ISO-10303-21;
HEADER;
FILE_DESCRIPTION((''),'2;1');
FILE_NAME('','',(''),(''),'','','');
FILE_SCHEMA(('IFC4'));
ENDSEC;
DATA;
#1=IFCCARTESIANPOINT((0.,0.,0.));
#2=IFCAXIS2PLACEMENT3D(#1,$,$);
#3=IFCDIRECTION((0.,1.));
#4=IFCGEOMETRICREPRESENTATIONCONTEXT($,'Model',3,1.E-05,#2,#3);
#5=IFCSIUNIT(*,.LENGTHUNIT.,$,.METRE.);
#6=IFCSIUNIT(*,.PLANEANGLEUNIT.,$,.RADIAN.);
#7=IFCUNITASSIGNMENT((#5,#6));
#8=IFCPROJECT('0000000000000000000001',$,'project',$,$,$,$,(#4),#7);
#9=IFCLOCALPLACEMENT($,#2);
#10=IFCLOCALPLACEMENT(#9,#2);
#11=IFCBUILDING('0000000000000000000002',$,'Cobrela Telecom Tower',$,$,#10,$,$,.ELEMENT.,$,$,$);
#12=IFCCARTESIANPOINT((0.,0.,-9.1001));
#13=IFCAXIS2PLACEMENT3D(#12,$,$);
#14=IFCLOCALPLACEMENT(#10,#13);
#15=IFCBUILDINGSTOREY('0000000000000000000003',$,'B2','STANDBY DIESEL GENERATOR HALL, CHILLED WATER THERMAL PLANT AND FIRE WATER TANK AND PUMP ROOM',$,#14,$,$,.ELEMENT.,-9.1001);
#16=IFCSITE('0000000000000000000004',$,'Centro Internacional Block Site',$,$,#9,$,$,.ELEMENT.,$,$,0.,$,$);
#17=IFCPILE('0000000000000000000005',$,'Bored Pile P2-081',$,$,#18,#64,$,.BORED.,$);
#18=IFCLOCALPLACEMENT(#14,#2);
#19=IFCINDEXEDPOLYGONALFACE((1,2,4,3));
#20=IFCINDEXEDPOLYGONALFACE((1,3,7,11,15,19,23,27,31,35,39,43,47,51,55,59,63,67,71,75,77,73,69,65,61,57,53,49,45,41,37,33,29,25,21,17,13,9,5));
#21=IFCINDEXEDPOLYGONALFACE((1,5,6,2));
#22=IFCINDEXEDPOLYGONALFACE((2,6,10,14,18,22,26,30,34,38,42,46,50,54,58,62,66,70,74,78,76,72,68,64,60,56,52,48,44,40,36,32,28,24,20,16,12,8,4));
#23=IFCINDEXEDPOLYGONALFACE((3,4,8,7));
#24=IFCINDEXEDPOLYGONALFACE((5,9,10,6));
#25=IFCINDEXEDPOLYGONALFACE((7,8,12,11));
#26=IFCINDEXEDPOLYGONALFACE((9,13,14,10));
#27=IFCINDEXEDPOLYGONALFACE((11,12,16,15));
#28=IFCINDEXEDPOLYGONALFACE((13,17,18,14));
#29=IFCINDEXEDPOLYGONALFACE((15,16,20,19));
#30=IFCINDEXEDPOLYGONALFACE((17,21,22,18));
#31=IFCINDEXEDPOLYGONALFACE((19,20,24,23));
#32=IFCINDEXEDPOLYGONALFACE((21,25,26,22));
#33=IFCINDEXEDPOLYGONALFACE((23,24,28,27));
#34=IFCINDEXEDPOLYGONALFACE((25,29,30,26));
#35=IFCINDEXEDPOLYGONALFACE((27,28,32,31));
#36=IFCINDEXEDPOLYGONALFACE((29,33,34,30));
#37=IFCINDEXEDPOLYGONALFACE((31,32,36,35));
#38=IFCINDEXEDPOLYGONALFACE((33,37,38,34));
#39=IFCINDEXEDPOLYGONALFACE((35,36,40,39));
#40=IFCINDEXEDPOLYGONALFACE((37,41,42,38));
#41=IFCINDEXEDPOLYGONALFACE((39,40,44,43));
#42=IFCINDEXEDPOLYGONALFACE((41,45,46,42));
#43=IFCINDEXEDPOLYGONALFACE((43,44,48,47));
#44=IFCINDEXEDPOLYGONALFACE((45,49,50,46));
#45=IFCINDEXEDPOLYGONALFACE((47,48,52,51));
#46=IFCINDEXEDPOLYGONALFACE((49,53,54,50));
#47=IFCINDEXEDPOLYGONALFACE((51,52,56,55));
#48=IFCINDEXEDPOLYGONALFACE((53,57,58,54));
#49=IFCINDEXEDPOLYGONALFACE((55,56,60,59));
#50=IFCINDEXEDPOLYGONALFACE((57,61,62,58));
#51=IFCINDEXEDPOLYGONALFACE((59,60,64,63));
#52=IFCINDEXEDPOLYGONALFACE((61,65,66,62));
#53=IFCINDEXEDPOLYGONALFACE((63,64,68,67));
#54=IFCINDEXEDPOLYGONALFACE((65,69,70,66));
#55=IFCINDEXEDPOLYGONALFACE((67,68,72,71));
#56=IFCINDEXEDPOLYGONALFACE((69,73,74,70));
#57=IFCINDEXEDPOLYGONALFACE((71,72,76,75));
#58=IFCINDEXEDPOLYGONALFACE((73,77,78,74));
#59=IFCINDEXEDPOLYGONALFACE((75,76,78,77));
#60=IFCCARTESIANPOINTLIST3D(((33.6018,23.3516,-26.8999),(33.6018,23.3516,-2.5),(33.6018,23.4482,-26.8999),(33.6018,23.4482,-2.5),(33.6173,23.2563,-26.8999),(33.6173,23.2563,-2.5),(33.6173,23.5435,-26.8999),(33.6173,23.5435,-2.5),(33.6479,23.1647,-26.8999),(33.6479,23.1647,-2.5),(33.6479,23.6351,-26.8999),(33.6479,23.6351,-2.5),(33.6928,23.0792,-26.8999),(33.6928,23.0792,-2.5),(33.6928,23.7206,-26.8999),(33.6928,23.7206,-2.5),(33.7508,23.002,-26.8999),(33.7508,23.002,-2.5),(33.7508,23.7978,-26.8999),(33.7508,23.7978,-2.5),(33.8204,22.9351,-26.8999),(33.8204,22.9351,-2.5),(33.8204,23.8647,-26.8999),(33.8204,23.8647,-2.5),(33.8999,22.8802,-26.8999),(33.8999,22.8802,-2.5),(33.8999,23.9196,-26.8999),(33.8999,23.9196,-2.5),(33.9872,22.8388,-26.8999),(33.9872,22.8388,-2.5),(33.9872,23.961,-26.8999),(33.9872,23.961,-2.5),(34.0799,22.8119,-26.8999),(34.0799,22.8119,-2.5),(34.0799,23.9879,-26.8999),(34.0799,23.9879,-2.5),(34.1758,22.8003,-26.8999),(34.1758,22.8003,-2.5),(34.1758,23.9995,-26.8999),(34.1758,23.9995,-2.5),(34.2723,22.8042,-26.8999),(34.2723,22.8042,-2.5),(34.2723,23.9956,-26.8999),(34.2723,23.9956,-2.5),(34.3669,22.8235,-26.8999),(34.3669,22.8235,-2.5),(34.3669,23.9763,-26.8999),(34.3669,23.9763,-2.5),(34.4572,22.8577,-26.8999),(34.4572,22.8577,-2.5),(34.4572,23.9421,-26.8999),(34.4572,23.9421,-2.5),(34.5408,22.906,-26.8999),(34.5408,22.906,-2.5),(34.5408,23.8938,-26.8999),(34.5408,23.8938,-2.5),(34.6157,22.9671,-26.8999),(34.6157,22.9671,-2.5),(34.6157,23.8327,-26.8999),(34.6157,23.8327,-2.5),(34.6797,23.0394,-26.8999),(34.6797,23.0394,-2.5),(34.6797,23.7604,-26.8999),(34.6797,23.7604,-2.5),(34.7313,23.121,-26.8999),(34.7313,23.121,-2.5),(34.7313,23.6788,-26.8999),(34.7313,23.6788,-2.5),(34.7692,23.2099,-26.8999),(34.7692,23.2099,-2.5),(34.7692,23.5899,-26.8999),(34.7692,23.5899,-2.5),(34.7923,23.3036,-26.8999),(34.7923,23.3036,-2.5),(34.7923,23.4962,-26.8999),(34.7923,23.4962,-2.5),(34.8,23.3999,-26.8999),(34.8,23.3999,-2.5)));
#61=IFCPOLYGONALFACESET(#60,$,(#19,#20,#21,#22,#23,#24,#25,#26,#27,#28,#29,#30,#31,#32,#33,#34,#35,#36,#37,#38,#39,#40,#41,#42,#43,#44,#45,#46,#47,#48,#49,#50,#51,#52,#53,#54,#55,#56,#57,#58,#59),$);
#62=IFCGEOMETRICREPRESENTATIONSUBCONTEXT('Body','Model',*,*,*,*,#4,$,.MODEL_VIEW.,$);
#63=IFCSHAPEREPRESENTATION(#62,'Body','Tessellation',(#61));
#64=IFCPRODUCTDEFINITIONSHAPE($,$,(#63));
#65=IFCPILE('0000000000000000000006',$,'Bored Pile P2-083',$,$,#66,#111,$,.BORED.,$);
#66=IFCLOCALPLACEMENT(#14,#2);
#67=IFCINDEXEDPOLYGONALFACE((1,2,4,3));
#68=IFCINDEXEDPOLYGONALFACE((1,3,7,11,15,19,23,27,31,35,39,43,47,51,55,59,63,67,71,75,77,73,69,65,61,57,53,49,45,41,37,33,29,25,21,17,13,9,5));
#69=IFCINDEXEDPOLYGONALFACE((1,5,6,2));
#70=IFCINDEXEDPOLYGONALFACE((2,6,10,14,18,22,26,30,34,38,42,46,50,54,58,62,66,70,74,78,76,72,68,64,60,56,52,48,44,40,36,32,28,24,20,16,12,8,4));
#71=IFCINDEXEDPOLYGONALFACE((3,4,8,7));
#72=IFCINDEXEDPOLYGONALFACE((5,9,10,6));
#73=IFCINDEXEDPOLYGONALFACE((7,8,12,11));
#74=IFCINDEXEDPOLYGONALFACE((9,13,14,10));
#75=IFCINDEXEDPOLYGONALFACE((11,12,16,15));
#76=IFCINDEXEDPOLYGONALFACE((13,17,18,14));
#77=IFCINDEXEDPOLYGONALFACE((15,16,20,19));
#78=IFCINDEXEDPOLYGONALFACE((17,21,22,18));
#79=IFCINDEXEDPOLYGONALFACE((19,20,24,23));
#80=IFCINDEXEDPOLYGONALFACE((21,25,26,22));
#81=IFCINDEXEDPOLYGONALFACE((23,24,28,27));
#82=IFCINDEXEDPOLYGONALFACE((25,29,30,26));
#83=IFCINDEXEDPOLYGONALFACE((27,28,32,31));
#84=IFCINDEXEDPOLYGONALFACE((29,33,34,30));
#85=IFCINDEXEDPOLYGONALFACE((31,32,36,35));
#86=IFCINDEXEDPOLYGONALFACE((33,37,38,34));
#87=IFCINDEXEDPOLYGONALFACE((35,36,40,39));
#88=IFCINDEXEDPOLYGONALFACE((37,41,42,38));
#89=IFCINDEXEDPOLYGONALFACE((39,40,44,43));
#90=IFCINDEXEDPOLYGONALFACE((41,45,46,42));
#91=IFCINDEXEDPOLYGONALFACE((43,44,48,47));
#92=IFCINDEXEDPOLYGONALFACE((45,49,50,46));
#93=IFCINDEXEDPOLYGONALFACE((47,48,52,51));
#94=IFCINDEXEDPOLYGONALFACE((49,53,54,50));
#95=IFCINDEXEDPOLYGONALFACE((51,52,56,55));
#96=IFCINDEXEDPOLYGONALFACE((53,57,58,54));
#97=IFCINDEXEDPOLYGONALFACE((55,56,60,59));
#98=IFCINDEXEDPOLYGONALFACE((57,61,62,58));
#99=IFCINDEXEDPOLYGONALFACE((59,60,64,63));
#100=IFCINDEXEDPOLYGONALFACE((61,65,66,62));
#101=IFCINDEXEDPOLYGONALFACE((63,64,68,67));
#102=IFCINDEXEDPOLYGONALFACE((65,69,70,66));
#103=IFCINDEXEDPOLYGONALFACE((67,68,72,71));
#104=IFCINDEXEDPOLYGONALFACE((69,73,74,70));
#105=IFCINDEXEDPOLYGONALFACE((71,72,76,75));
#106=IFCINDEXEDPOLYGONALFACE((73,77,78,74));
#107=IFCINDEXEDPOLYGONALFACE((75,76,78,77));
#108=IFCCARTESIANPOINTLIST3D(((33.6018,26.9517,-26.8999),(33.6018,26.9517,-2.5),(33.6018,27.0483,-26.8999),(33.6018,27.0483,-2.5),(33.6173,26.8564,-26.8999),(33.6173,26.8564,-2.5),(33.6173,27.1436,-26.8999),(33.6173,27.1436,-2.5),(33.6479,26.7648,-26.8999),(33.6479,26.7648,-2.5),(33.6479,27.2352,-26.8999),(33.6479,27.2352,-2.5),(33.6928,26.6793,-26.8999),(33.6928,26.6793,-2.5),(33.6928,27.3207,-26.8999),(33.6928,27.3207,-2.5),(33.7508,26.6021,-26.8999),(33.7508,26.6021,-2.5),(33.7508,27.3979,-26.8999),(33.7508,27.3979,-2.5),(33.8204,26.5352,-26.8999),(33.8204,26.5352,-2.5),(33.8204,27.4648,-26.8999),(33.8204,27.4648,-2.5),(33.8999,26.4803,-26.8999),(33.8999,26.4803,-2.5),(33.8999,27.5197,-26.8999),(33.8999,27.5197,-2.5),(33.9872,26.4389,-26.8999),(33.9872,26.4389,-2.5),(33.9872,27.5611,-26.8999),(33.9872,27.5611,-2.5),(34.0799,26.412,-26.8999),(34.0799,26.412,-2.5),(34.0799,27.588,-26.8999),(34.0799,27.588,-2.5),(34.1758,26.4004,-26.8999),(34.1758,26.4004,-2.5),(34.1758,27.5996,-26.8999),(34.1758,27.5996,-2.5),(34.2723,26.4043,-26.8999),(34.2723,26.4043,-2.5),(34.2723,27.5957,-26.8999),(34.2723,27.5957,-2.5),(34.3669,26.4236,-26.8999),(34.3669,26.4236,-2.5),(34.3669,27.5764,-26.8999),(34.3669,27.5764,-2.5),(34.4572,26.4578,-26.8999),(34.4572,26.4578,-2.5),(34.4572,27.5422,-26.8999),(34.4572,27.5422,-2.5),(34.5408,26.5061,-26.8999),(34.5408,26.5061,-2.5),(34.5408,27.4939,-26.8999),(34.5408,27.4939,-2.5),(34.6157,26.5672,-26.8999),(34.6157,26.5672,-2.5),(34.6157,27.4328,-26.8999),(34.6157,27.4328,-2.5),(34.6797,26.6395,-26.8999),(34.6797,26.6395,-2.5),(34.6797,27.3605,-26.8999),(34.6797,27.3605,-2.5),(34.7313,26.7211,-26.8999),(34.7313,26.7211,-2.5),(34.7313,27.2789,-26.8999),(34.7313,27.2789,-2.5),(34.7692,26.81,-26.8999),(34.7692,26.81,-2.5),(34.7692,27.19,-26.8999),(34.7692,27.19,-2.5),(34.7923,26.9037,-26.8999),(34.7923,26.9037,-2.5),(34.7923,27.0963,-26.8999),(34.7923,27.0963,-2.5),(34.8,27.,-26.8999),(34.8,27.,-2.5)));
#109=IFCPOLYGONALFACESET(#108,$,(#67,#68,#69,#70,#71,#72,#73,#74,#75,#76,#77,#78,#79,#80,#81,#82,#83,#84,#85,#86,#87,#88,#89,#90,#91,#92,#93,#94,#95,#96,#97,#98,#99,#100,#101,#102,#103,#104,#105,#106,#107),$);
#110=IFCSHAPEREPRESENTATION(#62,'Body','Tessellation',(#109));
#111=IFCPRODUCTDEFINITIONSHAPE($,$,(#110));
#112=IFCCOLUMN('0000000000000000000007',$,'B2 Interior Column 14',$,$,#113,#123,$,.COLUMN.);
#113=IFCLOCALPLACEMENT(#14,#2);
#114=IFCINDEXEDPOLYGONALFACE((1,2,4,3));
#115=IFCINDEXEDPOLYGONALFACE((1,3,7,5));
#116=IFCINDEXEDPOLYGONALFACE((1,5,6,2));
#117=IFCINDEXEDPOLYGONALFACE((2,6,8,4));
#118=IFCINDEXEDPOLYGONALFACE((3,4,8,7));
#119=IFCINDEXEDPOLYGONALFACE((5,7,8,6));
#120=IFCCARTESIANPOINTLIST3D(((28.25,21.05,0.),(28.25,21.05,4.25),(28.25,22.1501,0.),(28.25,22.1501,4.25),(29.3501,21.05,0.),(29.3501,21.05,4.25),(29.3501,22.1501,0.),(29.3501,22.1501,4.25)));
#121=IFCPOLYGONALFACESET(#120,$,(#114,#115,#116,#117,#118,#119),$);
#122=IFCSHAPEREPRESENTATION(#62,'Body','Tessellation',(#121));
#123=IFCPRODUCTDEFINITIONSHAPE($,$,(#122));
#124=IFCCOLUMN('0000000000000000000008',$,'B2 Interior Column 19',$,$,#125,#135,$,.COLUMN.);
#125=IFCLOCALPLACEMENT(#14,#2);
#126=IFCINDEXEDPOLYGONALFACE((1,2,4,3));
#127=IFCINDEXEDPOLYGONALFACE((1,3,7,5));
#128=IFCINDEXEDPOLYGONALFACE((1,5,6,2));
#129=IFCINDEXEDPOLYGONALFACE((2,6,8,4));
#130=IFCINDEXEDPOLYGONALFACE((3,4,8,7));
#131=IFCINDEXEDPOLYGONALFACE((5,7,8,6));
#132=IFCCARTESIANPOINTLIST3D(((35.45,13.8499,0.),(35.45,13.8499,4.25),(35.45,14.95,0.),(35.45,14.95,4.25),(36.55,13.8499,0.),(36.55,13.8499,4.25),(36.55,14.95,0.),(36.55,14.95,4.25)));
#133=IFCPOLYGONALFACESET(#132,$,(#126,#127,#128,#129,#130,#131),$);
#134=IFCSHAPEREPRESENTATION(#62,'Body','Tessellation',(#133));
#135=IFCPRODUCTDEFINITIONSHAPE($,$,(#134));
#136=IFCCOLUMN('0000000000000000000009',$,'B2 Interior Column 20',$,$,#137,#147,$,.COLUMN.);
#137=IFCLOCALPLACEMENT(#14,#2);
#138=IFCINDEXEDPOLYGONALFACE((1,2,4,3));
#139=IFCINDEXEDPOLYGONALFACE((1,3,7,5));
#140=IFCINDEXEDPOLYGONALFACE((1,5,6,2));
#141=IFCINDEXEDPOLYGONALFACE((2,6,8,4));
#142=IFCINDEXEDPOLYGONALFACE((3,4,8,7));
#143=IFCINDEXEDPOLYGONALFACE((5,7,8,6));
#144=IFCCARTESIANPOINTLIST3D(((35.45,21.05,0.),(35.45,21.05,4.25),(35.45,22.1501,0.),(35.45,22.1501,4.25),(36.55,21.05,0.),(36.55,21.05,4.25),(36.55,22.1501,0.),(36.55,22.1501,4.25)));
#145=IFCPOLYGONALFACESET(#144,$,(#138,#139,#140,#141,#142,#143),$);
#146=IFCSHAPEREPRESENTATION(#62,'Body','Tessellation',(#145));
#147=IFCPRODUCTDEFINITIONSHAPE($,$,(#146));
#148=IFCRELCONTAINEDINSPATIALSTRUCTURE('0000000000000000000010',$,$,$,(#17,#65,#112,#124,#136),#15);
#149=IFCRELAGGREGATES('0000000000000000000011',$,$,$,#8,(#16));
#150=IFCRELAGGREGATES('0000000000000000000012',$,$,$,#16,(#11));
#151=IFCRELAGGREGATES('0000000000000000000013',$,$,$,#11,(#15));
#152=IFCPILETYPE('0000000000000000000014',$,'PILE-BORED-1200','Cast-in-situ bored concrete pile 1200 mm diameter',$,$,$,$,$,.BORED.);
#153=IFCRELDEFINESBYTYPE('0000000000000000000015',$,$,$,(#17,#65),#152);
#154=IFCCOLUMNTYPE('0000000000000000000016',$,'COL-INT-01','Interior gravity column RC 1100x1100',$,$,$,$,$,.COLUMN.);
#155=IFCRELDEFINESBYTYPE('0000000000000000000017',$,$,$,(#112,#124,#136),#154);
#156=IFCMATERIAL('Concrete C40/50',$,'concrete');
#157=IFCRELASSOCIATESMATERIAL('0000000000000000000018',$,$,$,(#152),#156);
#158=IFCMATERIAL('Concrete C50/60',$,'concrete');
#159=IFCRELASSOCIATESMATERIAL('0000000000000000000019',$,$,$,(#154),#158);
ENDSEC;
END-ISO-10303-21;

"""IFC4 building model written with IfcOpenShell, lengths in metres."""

from ifc_helpers import new_model, si_unit, direction, frame, origin, origin_2d, place, context, subcontext, project, spatial, rectangle, circle, extrude, material, material_profile, profile_set, type_object, element, save


model = new_model("IFC4")

# Units and contexts
model_context = context("Model", 3, precision=1e-05, world=origin(), true_north=direction((0.0, 1.0)))
body_context = subcontext(model_context, "Body", "Model", "MODEL_VIEW")
ifc_project = project(units=[si_unit("LENGTHUNIT", "METRE"), si_unit("PLANEANGLEUNIT", "RADIAN")], contexts=[model_context])

# Site, building, storey
site_placement = place(None, origin())
site = spatial("IfcSite", under=ifc_project, at=site_placement, Name="Centro Internacional Block Site", CompositionType="ELEMENT", RefElevation=0.0)
building_placement = place(site_placement, origin())
building = spatial("IfcBuilding", under=site, at=building_placement, Name="Cobrela Telecom Tower", CompositionType="ELEMENT")
storey_placement = place(building_placement, frame((0.0, 0.0, -9.1001)))
storey = spatial("IfcBuildingStorey", under=building, at=storey_placement, Name="B2", Description="STANDBY DIESEL GENERATOR HALL, CHILLED WATER THERMAL PLANT AND FIRE WATER TANK AND PUMP ROOM", CompositionType="ELEMENT", Elevation=-9.1001)

# Shared definitions
ifc_material_1 = material(Name="Concrete C40/50", Category="concrete")

# Piles
ifc_material_profile_1 = material_profile(ifc_material_1, circle(Radius=0.6001, at=origin_2d()), Name="BORED PILE D1200")
ifc_profile_set_1 = profile_set([ifc_material_profile_1], Name="Concrete C40/50")
pile_type = type_object("IfcPileType", Name="PILE-BORED-1200", Description="Cast-in-situ bored concrete pile 1200 mm diameter", PredefinedType="BORED", material=ifc_profile_set_1)
for number, where, z_axis, x_axis, name in (
    (1, (34.2, 23.3999, -2.5), (0.0, 0.0, -1.0), (1.0, 0.0, 0.0), "Bored Pile P2-081"),
    (2, (34.2, 27.0, -2.5), (0.0, 0.0, -1.0), (1.0, 0.0, 0.0), "Bored Pile P2-083"),
):
    element("IfcPile", number, at=place(storey_placement, frame(where, z_axis=z_axis, x_axis=x_axis)), inside=storey, type_object=pile_type, Name=name, PredefinedType="BORED", context=body_context, shape_type="SweptSolid", body=[
        extrude(circle(Radius=0.6001, at=origin_2d()), origin(), (0.0, 0.0, 1.0), 24.3999),
    ])

# Columns
ifc_material_2 = material(Name="Concrete C50/60", Category="concrete")
ifc_material_profile_2 = material_profile(ifc_material_2, rectangle(XDim=1.1001, YDim=1.1001, at=origin_2d()), Name="RC 1100x1100")
ifc_profile_set_2 = profile_set([ifc_material_profile_2], Name="Concrete C50/60")
column_type = type_object("IfcColumnType", Name="COL-INT-01", Description="Interior gravity column RC 1100x1100", PredefinedType="COLUMN", material=ifc_profile_set_2)
for number, where, z_axis, x_axis, name in (
    (3, (28.8, 21.6001, 0.0), (0.0, 0.0, 1.0), (1.0, 0.0, 0.0), "B2 Interior Column 14"),
    (4, (36.0, 14.3999, 0.0), (0.0, 0.0, 1.0), (1.0, 0.0, 0.0), "B2 Interior Column 19"),
    (5, (36.0, 21.6001, 0.0), (0.0, 0.0, 1.0), (1.0, 0.0, 0.0), "B2 Interior Column 20"),
):
    element("IfcColumn", number, at=place(storey_placement, frame(where, z_axis=z_axis, x_axis=x_axis)), inside=storey, type_object=column_type, Name=name, PredefinedType="COLUMN", context=body_context, shape_type="SweptSolid", body=[
        extrude(rectangle(XDim=1.1001, YDim=1.1001, at=origin_2d()), origin(), (0.0, 0.0, 1.0), 4.25),
    ])

save(model, "model.ifc")
